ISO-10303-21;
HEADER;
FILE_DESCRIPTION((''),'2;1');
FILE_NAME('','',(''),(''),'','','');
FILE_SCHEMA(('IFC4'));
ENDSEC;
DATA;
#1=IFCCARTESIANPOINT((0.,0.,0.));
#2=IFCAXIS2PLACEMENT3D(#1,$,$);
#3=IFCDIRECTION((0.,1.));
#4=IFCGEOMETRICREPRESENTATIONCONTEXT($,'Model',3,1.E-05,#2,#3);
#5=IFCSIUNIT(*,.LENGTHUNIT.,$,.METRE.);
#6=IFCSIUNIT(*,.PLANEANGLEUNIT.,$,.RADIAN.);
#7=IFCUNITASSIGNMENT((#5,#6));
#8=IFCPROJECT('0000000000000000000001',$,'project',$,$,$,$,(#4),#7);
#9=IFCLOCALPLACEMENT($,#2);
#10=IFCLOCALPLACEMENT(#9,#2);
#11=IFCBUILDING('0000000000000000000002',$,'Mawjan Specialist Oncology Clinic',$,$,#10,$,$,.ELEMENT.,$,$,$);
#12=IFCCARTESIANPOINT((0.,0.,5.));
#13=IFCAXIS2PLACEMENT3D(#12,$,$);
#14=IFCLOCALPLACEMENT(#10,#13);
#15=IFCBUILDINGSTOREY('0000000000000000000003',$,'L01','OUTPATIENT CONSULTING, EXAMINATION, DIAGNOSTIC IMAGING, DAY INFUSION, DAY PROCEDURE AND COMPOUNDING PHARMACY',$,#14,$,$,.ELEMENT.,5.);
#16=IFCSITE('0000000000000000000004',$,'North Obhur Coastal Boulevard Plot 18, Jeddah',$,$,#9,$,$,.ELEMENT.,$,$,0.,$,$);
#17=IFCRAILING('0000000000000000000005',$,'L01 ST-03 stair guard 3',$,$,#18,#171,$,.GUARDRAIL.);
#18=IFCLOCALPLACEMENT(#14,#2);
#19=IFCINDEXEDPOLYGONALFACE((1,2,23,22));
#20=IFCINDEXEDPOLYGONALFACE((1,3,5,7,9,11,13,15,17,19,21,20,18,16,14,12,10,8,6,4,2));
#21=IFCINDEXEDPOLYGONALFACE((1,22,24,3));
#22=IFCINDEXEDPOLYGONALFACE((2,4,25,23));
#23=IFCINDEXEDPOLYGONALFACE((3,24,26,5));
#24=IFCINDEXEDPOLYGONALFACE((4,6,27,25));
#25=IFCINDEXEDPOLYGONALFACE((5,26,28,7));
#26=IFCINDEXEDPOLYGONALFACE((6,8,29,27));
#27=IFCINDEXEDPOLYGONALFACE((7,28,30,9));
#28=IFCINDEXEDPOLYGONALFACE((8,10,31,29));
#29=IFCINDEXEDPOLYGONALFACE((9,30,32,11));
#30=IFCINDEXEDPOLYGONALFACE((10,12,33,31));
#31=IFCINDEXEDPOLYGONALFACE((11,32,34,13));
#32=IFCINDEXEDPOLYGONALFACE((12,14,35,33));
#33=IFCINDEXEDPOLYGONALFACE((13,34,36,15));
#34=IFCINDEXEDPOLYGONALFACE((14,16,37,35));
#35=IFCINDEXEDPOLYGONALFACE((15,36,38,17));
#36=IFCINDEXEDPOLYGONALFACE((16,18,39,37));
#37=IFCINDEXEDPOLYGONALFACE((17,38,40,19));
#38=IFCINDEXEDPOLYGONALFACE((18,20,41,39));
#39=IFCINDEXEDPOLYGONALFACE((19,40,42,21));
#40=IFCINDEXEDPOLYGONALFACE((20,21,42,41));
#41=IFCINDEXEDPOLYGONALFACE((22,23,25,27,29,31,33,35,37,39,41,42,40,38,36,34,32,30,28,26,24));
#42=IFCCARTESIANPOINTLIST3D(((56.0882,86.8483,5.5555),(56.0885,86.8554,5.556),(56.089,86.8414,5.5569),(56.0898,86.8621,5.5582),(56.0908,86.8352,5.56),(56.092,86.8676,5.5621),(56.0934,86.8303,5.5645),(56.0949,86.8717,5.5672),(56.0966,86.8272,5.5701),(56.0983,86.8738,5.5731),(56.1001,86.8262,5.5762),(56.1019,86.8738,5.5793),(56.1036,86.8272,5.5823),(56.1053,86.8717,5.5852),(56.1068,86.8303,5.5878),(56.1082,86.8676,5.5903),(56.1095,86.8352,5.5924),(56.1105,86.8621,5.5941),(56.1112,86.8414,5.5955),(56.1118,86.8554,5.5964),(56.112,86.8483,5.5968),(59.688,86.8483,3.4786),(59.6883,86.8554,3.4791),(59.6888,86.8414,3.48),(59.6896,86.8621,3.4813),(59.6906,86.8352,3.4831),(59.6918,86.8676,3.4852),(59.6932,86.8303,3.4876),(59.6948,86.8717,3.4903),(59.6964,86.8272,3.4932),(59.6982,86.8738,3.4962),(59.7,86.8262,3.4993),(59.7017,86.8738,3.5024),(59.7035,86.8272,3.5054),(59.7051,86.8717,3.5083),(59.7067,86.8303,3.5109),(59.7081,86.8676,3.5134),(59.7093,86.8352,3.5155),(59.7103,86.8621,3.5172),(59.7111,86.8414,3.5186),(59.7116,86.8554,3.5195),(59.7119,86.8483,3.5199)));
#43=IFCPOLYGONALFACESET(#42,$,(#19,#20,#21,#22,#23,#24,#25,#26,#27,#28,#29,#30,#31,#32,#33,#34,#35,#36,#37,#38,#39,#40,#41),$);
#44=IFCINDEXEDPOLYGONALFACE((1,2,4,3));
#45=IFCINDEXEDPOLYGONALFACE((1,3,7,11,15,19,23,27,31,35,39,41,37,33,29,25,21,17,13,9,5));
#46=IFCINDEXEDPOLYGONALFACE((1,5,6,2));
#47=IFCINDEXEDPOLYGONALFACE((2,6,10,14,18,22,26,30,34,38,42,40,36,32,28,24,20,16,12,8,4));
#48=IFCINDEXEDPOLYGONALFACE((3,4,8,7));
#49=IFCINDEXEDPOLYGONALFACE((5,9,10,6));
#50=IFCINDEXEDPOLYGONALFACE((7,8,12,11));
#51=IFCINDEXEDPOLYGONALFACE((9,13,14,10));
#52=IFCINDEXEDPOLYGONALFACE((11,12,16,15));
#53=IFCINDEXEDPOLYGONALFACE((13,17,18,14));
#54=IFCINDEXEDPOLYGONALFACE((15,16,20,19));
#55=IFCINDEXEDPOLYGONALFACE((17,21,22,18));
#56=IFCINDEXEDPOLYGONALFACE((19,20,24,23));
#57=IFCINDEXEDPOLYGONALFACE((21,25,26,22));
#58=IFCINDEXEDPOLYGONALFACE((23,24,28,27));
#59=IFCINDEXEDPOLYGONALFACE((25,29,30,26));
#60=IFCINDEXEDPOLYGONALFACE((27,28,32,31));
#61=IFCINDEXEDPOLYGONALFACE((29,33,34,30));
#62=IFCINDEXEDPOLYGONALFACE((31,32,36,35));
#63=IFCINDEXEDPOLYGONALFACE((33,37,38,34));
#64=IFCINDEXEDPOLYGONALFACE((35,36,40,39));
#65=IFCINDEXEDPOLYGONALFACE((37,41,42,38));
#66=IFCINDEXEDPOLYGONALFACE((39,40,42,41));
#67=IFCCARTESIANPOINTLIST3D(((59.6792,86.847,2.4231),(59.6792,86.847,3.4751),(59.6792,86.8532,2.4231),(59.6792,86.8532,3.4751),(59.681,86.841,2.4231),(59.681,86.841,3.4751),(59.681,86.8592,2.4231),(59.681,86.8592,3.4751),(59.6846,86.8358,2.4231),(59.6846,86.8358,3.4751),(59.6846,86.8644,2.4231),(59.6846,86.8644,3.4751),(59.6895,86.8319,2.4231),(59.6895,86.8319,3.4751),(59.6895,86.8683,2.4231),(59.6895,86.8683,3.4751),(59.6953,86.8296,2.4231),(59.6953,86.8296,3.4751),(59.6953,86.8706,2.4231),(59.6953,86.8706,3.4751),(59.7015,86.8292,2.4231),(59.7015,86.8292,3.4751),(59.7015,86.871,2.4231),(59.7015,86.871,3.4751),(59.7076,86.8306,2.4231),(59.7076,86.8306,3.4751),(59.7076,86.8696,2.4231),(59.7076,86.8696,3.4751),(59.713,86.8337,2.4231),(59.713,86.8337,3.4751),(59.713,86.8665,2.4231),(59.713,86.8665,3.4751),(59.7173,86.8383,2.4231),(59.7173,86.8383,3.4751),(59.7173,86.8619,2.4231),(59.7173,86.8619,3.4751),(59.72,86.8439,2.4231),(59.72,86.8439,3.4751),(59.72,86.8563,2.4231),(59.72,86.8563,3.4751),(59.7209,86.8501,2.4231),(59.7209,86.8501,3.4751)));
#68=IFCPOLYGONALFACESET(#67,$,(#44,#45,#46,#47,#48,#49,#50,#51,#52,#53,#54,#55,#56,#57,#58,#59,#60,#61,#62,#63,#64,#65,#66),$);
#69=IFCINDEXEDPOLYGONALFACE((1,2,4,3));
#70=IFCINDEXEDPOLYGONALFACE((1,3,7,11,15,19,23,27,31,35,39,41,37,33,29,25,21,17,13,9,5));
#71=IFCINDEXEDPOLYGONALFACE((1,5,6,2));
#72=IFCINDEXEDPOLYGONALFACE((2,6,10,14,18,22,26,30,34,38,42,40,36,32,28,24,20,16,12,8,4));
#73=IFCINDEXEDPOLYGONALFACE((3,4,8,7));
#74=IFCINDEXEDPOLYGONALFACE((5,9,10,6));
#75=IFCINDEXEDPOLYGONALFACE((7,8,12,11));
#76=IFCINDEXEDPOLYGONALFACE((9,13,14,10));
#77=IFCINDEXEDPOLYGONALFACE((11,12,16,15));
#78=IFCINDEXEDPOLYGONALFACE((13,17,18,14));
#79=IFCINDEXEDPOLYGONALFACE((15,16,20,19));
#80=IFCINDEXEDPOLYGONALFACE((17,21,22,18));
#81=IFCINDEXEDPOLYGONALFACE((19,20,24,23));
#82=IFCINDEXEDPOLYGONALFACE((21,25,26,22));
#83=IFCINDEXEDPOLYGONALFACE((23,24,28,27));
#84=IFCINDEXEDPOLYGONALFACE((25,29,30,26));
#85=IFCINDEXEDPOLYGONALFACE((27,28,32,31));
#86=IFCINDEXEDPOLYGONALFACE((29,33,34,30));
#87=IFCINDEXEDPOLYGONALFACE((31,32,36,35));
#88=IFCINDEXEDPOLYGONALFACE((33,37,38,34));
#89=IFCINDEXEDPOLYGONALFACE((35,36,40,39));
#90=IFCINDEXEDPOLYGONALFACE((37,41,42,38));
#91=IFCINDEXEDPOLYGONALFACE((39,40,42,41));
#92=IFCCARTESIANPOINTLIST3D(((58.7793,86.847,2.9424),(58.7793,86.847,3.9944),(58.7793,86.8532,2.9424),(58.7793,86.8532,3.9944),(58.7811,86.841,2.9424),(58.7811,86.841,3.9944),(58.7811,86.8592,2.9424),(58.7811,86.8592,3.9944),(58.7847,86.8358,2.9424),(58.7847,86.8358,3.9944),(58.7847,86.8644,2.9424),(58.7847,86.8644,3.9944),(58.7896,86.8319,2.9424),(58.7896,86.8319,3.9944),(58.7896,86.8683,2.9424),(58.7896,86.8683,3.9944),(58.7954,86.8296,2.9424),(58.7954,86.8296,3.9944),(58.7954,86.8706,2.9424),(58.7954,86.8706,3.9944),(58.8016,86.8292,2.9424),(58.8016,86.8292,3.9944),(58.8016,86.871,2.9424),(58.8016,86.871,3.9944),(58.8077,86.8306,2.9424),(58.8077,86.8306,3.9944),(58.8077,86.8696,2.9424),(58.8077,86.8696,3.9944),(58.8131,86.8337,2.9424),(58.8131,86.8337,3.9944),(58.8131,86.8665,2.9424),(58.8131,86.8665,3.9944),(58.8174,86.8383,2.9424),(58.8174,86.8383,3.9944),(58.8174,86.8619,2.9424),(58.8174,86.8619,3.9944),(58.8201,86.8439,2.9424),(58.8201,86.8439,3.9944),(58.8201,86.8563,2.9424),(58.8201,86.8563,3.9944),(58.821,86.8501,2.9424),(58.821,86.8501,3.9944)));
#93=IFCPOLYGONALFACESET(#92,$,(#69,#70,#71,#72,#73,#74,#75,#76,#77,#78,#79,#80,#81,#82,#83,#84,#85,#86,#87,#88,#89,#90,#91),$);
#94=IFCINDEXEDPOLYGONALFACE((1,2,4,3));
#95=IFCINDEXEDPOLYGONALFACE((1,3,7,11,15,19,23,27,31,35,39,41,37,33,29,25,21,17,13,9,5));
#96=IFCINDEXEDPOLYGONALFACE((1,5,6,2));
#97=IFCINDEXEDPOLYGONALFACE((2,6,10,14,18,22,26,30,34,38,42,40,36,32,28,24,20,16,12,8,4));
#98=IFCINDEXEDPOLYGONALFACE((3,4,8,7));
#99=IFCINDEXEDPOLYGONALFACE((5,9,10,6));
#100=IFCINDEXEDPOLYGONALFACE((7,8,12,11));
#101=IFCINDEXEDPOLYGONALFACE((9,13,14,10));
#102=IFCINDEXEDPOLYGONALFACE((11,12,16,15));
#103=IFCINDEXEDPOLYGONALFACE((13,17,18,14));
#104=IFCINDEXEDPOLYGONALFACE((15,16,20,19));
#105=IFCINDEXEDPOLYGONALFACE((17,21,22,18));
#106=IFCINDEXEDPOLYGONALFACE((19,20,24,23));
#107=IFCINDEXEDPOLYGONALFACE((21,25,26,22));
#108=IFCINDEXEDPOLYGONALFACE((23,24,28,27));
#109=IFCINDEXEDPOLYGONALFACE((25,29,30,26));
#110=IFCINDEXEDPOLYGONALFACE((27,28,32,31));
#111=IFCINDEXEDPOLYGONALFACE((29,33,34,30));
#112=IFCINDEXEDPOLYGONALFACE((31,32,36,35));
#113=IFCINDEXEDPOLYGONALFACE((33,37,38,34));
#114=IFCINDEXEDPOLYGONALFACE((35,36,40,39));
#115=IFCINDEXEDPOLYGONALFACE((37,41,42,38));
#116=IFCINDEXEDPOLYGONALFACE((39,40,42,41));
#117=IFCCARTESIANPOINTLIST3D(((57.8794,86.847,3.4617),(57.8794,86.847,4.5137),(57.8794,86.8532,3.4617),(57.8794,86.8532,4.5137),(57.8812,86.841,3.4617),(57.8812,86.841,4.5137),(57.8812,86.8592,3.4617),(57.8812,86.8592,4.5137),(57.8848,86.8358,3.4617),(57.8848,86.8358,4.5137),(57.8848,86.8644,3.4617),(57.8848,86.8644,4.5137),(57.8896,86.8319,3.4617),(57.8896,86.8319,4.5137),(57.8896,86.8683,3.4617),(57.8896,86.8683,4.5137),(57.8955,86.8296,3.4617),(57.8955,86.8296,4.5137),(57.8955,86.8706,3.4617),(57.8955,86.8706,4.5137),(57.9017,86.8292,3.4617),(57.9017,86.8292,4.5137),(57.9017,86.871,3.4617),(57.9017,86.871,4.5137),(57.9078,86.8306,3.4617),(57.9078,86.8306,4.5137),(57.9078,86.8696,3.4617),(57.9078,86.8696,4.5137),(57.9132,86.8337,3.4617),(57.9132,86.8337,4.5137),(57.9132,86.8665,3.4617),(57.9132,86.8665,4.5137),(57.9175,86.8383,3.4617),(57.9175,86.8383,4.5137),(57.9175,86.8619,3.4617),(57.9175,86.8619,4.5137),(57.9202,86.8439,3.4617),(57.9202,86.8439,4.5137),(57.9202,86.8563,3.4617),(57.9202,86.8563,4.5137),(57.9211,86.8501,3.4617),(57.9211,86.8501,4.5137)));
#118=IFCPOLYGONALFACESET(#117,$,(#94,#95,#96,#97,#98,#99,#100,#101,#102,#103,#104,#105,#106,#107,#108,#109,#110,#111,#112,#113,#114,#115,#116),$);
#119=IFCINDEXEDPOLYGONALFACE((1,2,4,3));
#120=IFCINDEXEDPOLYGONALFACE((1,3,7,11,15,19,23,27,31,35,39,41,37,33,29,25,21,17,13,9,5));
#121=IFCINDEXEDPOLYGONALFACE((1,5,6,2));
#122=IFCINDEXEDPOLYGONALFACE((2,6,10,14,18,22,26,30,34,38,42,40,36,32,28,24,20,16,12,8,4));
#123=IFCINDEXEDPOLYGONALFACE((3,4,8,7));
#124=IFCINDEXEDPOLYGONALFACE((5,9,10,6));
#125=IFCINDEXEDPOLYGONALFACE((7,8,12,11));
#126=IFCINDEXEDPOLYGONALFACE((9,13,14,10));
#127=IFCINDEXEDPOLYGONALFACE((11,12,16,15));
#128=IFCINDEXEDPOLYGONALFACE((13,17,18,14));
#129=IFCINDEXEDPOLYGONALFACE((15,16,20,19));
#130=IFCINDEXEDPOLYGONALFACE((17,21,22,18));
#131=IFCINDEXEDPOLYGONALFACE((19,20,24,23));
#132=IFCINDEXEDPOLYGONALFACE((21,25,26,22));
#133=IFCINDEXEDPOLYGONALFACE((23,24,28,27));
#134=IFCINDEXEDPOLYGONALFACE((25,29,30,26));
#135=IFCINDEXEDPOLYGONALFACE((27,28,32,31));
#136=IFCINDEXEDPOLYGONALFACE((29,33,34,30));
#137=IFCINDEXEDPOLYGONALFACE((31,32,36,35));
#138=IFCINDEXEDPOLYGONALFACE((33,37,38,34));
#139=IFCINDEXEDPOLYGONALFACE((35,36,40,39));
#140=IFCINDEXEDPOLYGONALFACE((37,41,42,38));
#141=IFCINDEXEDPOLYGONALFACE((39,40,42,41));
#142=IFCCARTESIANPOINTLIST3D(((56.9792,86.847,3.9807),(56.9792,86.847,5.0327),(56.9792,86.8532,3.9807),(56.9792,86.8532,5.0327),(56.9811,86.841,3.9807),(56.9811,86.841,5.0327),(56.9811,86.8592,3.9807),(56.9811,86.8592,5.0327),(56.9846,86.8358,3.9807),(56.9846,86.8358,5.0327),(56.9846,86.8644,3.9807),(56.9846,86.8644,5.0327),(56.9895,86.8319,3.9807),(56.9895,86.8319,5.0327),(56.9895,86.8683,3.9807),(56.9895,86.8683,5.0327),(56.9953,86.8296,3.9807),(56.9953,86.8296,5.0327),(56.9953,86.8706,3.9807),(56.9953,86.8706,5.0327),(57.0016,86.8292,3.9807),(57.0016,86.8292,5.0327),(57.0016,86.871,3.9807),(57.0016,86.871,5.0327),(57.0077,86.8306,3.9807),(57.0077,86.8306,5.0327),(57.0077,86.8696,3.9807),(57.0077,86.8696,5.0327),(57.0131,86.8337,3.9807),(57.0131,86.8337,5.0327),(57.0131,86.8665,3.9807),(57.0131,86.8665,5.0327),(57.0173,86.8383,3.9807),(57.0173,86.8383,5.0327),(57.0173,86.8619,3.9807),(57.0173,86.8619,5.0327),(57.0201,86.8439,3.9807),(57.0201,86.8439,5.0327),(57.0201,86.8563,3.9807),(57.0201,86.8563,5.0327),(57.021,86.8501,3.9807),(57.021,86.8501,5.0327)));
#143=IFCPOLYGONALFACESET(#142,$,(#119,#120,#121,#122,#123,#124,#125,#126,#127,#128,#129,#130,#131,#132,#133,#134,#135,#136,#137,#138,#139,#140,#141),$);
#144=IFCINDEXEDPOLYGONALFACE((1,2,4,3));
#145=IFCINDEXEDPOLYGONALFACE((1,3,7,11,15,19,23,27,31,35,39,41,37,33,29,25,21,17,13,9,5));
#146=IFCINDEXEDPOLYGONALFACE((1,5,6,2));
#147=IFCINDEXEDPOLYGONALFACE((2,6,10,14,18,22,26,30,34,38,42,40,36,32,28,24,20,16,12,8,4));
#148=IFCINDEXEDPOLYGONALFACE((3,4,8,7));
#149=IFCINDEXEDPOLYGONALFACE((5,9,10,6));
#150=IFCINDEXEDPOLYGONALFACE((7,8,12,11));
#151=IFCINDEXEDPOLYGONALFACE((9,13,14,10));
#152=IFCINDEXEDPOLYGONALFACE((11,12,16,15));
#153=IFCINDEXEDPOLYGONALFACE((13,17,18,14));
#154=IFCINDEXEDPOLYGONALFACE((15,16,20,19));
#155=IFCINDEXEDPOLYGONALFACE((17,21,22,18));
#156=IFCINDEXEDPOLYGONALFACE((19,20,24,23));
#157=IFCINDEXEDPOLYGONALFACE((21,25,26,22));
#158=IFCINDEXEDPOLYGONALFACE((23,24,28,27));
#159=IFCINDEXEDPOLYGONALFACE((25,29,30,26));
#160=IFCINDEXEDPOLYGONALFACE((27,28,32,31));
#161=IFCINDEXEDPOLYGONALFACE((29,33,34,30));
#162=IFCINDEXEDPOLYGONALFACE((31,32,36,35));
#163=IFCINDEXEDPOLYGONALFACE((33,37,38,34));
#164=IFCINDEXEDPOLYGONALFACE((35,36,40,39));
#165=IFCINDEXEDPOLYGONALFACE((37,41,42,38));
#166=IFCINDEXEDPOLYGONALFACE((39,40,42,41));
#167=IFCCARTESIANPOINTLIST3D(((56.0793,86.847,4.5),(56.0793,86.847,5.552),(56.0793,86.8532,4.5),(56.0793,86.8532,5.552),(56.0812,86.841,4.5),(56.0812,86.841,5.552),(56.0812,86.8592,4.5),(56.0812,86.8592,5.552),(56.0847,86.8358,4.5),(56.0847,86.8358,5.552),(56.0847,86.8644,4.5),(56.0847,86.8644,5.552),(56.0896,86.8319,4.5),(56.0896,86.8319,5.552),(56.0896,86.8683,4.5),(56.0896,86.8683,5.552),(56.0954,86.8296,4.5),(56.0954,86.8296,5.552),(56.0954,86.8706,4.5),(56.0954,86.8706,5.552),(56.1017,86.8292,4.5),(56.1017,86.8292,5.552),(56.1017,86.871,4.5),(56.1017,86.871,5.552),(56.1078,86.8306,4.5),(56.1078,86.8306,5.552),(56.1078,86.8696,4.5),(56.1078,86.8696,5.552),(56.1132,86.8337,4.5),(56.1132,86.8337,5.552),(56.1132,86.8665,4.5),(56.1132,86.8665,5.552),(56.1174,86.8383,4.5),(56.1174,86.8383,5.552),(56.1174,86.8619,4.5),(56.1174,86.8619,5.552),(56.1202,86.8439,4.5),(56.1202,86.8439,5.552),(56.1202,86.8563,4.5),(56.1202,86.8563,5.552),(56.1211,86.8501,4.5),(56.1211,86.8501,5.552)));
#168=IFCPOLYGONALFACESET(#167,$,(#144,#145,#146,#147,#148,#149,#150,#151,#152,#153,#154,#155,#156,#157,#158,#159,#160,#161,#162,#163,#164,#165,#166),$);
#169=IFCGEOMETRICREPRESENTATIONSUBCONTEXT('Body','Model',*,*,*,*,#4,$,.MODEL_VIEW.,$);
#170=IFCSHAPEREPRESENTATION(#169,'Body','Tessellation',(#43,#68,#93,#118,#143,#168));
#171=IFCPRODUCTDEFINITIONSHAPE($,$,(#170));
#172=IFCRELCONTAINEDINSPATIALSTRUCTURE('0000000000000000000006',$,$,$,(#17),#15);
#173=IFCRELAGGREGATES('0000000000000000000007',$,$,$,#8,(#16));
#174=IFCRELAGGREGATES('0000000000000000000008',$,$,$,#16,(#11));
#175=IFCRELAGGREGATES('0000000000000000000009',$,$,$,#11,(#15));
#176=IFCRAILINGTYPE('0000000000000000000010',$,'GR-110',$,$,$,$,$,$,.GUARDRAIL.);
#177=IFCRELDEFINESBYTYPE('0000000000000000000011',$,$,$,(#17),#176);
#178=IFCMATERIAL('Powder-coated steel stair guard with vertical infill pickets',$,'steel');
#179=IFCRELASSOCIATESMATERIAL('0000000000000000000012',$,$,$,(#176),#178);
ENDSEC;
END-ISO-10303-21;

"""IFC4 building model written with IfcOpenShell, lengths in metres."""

from ifc_helpers import new_model, si_unit, direction, frame, origin, origin_2d, place, context, subcontext, project, spatial, circle, extrude, material, type_object, element, save


model = new_model("IFC4")

# Units and contexts
model_context = context("Model", 3, precision=1e-05, world=origin(), true_north=direction((0.0, 1.0)))
body_context = subcontext(model_context, "Body", "Model", "MODEL_VIEW")
ifc_project = project(units=[si_unit("LENGTHUNIT", "METRE"), si_unit("PLANEANGLEUNIT", "RADIAN")], contexts=[model_context])

# Site, building, storey
site_placement = place(None, origin())
site = spatial("IfcSite", under=ifc_project, at=site_placement, Name="North Obhur Coastal Boulevard Plot 18, Jeddah", CompositionType="ELEMENT", RefElevation=0.0)
building_placement = place(site_placement, origin())
building = spatial("IfcBuilding", under=site, at=building_placement, Name="Mawjan Specialist Oncology Clinic", CompositionType="ELEMENT")
storey_placement = place(building_placement, frame((0.0, 0.0, 5.0)))
storey = spatial("IfcBuildingStorey", under=building, at=storey_placement, Name="L01", Description="OUTPATIENT CONSULTING, EXAMINATION, DIAGNOSTIC IMAGING, DAY INFUSION, DAY PROCEDURE AND COMPOUNDING PHARMACY", CompositionType="ELEMENT", Elevation=5.0)

# Railing
ifc_material_1 = material(Name="Powder-coated steel stair guard with vertical infill pickets", Category="steel")
railing_type_1 = type_object("IfcRailingType", Name="GR-110", PredefinedType="GUARDRAIL", material=ifc_material_1)
railing_1_placement = place(storey_placement, frame((59.7, 86.8501, 2.4231)))
element("IfcRailing", 1, at=railing_1_placement, inside=storey, type_object=railing_type_1, Name="L01 ST-03 stair guard 3", PredefinedType="GUARDRAIL", context=body_context, shape_type="SweptSolid", body=[
    extrude(circle(Radius=0.0239, at=origin_2d()), frame((0.0, 0.0, 1.0762), z_axis=(-0.866179, 0.0, 0.499734), x_axis=(0.0, -1.0, 0.0)), (0.0, 0.0, 1.0), 4.156),
    extrude(circle(Radius=0.021, at=origin_2d()), origin(), (0.0, 0.0, 1.0), 1.052),
    extrude(circle(Radius=0.021, at=origin_2d()), frame((-0.8999, 0.0, 0.5193)), (0.0, 0.0, 1.0), 1.052),
    extrude(circle(Radius=0.021, at=origin_2d()), frame((-1.7998, 0.0, 1.0386)), (0.0, 0.0, 1.0), 1.052),
    extrude(circle(Radius=0.021, at=origin_2d()), frame((-2.7, 0.0, 1.5576)), (0.0, 0.0, 1.0), 1.052),
    extrude(circle(Radius=0.021, at=origin_2d()), frame((-3.5999, 0.0, 2.0769)), (0.0, 0.0, 1.0), 1.052),
])

save(model, "model.ifc")
